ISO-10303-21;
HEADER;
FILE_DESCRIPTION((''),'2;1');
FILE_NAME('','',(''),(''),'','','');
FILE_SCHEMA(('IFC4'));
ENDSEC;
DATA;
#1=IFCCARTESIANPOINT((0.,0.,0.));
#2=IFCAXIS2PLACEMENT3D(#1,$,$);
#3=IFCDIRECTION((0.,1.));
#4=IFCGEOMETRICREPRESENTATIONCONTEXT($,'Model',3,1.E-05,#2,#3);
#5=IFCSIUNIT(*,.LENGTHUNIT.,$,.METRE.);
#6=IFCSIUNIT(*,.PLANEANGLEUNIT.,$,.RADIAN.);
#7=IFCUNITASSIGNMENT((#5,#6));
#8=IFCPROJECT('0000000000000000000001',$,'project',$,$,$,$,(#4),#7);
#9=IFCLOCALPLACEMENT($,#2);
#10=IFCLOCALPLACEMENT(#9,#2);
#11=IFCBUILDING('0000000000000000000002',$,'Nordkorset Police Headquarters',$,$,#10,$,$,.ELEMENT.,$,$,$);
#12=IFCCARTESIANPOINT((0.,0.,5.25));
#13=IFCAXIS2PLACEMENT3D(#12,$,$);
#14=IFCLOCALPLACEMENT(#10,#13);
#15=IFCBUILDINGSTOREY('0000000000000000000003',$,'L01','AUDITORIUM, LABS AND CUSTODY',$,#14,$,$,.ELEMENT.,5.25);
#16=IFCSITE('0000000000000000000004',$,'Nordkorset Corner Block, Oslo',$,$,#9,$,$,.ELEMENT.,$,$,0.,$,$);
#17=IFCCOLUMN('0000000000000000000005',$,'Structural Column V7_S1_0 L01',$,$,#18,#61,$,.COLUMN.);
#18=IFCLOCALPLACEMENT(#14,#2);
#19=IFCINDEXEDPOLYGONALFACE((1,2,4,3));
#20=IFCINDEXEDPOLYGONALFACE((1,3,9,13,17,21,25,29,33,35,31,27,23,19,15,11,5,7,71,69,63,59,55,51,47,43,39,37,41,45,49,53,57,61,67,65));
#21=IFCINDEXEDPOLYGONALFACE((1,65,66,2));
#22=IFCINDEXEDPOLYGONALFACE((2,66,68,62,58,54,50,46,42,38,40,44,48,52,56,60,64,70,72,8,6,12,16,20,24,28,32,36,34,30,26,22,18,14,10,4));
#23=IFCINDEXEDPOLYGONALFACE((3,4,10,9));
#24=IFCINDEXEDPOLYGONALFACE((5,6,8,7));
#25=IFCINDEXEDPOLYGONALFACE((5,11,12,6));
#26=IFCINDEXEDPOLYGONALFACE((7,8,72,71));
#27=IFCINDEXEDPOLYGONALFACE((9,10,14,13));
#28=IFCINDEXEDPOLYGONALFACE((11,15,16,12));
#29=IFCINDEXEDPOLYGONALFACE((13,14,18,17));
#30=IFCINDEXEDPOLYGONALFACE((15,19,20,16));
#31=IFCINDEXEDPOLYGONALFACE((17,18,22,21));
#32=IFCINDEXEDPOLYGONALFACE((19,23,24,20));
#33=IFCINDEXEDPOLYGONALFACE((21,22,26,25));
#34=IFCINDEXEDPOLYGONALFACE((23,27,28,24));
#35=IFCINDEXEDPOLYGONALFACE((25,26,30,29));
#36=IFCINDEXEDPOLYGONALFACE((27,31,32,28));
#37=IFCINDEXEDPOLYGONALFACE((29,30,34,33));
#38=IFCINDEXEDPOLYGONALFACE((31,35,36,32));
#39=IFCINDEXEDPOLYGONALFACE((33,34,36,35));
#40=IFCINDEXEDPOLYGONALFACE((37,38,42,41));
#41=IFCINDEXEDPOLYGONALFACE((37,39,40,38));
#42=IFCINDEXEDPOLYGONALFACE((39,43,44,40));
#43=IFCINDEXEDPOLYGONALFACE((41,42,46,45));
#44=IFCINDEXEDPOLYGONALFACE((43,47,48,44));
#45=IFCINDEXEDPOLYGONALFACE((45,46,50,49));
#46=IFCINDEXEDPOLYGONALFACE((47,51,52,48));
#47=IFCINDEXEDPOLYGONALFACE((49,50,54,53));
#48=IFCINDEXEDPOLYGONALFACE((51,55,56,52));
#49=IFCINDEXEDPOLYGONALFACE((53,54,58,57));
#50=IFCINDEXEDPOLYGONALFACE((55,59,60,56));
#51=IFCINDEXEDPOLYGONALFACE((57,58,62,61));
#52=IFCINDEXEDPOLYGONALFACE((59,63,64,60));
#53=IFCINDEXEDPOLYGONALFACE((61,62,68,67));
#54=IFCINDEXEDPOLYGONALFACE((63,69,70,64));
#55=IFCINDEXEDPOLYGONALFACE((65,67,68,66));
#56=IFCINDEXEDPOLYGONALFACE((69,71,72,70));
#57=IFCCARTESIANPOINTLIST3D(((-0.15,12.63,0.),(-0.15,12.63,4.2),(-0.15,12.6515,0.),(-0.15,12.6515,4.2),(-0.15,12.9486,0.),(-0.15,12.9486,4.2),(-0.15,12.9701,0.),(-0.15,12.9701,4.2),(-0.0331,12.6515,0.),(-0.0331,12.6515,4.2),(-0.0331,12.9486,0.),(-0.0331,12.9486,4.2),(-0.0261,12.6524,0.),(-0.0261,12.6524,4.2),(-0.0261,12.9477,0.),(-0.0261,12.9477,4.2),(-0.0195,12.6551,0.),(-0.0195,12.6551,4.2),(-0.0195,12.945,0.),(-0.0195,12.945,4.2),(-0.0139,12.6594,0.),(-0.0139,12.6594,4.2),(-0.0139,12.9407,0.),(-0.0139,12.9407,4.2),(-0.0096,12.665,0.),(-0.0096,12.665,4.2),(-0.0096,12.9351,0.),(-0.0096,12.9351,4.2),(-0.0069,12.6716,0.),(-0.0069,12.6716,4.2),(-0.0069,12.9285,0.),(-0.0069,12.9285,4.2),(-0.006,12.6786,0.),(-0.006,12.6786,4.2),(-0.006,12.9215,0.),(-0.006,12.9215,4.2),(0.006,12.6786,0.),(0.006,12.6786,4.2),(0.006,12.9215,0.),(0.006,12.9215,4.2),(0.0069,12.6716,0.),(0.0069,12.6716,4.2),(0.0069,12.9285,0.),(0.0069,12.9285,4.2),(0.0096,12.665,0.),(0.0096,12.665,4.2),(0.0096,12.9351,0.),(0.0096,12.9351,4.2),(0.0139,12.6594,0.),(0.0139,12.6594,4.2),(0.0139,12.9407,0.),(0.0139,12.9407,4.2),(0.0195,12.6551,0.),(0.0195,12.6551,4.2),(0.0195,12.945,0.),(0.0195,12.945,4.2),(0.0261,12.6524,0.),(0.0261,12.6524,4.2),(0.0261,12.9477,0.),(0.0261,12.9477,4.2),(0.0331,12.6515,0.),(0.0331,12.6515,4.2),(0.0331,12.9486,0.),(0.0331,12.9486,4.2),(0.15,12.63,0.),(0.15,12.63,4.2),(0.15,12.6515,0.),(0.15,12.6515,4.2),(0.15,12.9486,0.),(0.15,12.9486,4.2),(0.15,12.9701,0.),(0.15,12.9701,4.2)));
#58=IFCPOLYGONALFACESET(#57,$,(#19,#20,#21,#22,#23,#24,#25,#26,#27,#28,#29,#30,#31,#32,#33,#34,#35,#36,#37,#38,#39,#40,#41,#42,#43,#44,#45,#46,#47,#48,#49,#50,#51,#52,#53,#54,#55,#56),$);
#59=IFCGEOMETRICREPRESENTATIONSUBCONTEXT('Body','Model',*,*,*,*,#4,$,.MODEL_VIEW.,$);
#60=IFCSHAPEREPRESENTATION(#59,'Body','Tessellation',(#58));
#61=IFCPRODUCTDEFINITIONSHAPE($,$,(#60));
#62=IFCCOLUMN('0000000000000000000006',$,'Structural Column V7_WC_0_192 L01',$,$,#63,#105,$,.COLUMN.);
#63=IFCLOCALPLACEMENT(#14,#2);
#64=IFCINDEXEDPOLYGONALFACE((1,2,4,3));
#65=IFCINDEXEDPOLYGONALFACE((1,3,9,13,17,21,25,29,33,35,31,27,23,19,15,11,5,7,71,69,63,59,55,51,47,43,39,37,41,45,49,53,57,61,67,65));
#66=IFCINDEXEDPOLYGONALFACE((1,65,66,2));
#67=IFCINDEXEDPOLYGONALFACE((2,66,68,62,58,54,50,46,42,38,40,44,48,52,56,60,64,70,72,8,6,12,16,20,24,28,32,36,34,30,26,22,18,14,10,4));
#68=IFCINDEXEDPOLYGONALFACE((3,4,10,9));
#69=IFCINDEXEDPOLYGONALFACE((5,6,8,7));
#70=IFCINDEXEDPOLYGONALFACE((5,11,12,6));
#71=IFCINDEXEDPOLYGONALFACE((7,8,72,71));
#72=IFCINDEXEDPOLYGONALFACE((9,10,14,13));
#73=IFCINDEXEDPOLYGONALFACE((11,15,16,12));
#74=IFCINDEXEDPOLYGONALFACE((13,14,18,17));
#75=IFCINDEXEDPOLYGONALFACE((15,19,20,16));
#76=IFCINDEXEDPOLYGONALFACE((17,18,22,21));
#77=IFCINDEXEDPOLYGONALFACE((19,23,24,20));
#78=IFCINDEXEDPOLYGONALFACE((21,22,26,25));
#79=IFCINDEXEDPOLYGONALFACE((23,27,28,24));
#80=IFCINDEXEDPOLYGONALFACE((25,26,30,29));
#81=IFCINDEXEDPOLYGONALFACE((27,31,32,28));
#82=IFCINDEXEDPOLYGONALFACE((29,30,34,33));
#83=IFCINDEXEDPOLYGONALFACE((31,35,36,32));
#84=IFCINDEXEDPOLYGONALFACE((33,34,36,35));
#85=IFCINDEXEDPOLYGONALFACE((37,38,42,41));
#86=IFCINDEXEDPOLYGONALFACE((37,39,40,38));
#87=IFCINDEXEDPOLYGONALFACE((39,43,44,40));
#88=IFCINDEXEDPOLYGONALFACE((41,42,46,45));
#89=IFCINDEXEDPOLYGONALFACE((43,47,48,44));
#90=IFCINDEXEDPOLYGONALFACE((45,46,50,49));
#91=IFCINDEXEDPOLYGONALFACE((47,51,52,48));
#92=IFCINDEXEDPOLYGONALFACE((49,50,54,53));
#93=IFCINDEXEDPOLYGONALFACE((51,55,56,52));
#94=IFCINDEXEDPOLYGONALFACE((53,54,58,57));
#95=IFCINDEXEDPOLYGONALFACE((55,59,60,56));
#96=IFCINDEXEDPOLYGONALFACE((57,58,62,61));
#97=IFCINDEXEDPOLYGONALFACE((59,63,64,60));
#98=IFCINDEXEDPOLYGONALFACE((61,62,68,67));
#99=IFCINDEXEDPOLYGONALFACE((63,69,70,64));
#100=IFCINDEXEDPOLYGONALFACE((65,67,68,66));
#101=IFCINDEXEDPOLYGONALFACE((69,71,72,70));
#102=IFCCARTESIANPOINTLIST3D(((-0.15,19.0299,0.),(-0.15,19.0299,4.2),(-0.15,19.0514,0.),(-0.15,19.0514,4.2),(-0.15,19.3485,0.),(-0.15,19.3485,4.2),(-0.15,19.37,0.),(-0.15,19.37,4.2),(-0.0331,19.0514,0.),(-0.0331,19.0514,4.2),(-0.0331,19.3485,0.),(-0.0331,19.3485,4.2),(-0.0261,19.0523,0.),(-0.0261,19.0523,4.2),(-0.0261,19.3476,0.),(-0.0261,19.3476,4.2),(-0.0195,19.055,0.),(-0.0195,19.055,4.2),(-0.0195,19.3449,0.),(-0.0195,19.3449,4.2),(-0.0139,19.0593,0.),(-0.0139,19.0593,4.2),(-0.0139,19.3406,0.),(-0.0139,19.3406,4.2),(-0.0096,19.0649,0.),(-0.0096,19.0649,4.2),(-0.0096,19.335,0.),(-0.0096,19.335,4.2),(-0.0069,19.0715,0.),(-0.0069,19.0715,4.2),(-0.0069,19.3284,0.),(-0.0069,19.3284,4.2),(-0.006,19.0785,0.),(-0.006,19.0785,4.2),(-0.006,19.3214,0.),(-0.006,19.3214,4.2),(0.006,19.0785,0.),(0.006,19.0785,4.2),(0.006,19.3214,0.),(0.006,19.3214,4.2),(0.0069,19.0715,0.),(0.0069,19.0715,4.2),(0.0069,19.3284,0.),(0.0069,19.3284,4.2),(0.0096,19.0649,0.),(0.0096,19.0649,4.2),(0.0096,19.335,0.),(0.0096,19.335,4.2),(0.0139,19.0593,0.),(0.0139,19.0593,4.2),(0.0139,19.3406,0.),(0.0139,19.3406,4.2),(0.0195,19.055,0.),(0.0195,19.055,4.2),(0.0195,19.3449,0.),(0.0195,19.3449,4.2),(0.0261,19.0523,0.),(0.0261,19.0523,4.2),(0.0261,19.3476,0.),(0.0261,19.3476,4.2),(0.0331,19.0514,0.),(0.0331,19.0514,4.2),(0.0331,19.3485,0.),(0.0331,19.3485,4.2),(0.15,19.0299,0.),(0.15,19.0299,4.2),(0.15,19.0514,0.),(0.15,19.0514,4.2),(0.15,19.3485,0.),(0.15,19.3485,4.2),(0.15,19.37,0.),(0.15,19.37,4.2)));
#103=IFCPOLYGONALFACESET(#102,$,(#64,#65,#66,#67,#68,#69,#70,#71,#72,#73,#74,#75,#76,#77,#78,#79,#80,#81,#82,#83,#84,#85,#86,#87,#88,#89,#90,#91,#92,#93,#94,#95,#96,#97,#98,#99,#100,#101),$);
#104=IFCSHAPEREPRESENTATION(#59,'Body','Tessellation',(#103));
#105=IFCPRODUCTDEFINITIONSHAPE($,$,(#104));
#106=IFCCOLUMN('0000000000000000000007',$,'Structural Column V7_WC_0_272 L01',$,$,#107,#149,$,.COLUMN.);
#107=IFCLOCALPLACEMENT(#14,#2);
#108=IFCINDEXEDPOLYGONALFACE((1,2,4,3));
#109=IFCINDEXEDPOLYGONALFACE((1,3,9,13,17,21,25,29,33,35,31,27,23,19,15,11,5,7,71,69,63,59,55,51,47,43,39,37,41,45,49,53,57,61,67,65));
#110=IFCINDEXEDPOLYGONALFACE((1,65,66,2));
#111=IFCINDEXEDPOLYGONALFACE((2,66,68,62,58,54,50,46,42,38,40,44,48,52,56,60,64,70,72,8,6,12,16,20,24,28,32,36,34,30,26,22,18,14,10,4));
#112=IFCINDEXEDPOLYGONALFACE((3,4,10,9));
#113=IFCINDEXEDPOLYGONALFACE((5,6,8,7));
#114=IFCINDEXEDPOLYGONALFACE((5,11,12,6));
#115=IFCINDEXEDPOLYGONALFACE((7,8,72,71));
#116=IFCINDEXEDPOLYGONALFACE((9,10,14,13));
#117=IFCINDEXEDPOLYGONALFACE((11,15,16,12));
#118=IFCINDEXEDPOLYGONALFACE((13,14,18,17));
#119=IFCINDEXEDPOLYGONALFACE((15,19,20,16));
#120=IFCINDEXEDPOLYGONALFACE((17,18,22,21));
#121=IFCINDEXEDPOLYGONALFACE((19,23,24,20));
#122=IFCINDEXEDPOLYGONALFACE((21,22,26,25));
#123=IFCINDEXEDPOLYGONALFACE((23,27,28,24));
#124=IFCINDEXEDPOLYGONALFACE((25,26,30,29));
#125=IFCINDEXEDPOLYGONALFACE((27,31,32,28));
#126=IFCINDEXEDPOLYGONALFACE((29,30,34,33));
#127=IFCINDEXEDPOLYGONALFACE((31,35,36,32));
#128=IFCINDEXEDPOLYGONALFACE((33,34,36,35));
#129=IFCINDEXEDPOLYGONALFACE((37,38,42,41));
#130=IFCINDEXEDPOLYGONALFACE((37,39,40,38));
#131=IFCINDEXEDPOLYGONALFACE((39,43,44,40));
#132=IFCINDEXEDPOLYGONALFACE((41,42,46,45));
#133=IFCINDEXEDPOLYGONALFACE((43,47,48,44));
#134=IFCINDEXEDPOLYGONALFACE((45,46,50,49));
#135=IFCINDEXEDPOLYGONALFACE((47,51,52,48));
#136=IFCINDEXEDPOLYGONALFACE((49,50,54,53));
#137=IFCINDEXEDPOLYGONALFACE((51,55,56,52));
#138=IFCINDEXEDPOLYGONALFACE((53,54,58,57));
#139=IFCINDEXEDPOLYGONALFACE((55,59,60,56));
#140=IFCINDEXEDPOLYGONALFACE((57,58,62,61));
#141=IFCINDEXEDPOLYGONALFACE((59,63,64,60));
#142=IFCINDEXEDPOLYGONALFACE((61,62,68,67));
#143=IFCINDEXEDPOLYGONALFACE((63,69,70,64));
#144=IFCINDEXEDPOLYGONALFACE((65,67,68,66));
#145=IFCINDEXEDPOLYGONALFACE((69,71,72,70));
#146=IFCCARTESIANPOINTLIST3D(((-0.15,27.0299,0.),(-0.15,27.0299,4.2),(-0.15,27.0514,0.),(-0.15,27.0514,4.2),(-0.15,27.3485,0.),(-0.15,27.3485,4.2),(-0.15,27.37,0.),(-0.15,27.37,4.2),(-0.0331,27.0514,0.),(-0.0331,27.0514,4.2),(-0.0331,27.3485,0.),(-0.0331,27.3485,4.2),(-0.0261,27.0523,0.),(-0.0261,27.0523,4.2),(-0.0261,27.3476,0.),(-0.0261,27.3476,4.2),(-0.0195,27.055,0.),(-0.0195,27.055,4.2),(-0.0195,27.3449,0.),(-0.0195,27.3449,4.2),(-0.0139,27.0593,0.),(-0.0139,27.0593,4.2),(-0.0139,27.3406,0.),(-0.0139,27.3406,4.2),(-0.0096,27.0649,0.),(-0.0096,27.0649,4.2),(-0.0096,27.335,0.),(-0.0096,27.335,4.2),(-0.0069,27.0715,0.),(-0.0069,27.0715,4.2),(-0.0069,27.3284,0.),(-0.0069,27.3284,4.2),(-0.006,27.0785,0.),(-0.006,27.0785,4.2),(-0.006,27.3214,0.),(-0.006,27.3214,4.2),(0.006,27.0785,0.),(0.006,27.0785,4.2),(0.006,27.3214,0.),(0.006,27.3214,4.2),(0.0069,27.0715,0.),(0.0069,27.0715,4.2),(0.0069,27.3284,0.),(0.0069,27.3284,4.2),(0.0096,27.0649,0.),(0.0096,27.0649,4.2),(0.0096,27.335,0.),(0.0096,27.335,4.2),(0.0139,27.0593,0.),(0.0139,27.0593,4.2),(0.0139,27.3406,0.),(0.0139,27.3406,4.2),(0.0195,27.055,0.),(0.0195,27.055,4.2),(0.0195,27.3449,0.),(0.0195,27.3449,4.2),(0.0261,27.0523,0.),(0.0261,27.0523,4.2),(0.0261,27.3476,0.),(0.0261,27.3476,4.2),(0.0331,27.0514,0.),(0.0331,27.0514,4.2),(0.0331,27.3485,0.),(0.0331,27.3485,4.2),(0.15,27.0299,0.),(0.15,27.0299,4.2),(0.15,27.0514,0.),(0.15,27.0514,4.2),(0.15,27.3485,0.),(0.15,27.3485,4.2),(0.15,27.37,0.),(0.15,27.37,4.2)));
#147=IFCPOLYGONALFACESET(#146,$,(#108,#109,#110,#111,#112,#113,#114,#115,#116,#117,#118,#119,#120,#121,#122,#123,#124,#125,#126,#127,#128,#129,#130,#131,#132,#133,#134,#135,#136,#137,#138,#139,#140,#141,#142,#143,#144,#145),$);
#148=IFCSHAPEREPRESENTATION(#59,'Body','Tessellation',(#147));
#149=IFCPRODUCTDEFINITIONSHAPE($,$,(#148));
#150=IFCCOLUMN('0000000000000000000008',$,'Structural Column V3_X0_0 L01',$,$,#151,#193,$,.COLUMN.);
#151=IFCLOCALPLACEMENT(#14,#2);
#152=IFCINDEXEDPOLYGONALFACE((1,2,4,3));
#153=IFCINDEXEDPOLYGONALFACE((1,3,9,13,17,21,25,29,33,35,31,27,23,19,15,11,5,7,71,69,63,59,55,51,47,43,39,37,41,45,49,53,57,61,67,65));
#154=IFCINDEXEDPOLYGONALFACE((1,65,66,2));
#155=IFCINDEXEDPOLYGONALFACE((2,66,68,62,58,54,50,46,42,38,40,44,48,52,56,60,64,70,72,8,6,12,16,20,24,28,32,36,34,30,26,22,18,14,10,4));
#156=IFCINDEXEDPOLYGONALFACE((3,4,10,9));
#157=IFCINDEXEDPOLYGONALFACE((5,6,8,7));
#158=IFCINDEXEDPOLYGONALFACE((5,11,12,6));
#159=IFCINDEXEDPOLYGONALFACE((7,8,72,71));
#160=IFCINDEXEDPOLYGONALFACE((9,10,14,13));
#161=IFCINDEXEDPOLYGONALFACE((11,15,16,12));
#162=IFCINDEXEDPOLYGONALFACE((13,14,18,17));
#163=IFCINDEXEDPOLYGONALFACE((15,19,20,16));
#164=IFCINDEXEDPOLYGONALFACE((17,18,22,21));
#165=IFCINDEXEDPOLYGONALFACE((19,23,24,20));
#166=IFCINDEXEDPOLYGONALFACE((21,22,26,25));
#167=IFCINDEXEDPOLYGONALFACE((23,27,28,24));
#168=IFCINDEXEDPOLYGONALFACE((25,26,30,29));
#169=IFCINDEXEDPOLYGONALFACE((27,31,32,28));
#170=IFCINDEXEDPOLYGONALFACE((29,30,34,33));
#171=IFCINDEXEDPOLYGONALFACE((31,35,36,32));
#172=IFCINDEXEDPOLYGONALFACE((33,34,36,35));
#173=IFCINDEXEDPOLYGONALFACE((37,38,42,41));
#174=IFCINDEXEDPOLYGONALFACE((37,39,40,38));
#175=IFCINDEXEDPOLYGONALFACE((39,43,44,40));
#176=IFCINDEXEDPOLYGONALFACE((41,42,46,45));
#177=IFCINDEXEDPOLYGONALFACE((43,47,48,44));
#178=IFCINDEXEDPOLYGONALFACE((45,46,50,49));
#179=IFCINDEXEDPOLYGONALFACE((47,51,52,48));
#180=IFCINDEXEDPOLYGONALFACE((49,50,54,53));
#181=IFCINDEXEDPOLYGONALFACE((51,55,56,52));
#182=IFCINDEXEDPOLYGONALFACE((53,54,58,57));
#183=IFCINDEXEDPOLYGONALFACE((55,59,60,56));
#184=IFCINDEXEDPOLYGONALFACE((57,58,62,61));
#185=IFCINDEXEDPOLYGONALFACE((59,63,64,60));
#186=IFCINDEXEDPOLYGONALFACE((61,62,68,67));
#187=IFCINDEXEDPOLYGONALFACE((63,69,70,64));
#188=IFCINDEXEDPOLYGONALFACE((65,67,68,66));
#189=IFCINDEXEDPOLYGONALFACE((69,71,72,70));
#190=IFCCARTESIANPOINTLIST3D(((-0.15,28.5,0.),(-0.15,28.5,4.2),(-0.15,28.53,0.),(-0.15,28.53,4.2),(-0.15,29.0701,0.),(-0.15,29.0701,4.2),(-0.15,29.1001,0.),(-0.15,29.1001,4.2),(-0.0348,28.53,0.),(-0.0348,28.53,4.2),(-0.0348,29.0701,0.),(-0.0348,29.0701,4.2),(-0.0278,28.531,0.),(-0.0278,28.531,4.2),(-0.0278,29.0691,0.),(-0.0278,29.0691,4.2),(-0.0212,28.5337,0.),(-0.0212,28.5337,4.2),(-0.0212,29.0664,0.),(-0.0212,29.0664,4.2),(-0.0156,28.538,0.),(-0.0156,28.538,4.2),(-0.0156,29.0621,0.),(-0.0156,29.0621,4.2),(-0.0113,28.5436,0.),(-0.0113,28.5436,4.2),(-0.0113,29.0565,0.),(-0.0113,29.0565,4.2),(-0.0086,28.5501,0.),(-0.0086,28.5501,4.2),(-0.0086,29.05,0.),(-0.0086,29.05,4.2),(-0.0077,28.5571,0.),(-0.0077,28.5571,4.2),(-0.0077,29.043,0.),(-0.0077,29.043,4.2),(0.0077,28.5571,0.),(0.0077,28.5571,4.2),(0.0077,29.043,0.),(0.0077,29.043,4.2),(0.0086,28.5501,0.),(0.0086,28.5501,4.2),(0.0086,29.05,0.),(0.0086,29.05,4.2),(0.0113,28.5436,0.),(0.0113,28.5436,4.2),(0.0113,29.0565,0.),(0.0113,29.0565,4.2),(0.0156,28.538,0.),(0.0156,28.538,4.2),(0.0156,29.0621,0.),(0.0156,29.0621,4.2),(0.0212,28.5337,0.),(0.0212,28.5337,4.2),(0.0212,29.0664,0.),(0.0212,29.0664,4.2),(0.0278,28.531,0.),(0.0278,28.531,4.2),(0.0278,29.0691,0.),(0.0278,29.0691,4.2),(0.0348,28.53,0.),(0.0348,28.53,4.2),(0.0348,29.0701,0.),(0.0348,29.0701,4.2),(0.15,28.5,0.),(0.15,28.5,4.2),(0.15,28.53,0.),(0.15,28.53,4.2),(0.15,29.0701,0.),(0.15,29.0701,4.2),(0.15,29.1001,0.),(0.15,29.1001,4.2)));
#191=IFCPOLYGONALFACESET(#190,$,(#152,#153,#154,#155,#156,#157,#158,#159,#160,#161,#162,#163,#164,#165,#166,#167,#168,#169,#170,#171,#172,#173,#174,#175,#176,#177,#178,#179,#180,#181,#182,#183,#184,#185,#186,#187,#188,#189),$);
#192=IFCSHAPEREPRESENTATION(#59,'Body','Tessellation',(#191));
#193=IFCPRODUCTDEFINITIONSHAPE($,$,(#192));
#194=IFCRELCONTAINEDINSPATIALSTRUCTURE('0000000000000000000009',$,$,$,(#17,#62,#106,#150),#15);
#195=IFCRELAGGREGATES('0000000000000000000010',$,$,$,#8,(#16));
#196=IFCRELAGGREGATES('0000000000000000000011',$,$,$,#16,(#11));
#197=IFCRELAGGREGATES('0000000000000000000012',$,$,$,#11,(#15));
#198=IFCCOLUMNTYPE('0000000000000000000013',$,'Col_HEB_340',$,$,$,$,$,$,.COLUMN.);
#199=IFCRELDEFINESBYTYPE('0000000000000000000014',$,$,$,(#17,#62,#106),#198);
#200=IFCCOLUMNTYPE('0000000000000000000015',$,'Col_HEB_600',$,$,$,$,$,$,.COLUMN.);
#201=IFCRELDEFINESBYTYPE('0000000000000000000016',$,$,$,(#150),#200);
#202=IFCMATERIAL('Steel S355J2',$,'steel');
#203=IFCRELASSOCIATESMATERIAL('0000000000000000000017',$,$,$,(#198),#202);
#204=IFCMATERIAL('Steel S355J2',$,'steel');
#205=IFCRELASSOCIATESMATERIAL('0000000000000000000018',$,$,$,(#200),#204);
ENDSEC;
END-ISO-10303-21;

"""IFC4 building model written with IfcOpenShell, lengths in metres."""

from ifc_helpers import new_model, si_unit, direction, frame, origin, origin_2d, place, context, subcontext, project, spatial, i_section, extrude, material, material_profile, profile_set, type_object, element, save


model = new_model("IFC4")

# Units and contexts
model_context = context("Model", 3, precision=1e-05, world=origin(), true_north=direction((0.0, 1.0)))
body_context = subcontext(model_context, "Body", "Model", "MODEL_VIEW")
ifc_project = project(units=[si_unit("LENGTHUNIT", "METRE"), si_unit("PLANEANGLEUNIT", "RADIAN")], contexts=[model_context])

# Site, building, storey
site_placement = place(None, origin())
site = spatial("IfcSite", under=ifc_project, at=site_placement, Name="Nordkorset Corner Block, Oslo", CompositionType="ELEMENT", RefElevation=0.0)
building_placement = place(site_placement, origin())
building = spatial("IfcBuilding", under=site, at=building_placement, Name="Nordkorset Police Headquarters", CompositionType="ELEMENT")
storey_placement = place(building_placement, frame((0.0, 0.0, 5.25)))
storey = spatial("IfcBuildingStorey", under=building, at=storey_placement, Name="L01", Description="AUDITORIUM, LABS AND CUSTODY", CompositionType="ELEMENT", Elevation=5.25)

# Columns
ifc_material_1 = material(Name="Steel S355J2", Category="steel")
ifc_material_profile_1 = material_profile(ifc_material_1, i_section(OverallWidth=0.3, OverallDepth=0.3401, WebThickness=0.012, FlangeThickness=0.0215, FilletRadius=0.0271, at=origin_2d()), Name="HEB 340")
ifc_profile_set_1 = profile_set([ifc_material_profile_1], Name="Steel S355J2")
column_type_1 = type_object("IfcColumnType", Name="Col_HEB_340", PredefinedType="COLUMN", material=ifc_profile_set_1)
for number, where, z_axis, x_axis, name in (
    (1, (0.0, 12.8, 0.0), (0.0, 0.0, 1.0), (1.0, 0.0, 0.0), "Structural Column V7_S1_0 L01"),
    (2, (0.0, 19.2, 0.0), (0.0, 0.0, 1.0), (1.0, 0.0, 0.0), "Structural Column V7_WC_0_192 L01"),
    (3, (0.0, 27.2, 0.0), (0.0, 0.0, 1.0), (1.0, 0.0, 0.0), "Structural Column V7_WC_0_272 L01"),
):
    element("IfcColumn", number, at=place(storey_placement, frame(where, z_axis=z_axis, x_axis=x_axis)), inside=storey, type_object=column_type_1, Name=name, PredefinedType="COLUMN", context=body_context, shape_type="SweptSolid", body=[
        extrude(i_section(OverallWidth=0.3, OverallDepth=0.3401, WebThickness=0.012, FlangeThickness=0.0215, FilletRadius=0.0271, at=origin_2d()), origin(), (0.0, 0.0, 1.0), 4.2),
    ])
ifc_material_2 = material(Name="Steel S355J2", Category="steel")
ifc_material_profile_2 = material_profile(ifc_material_2, i_section(OverallWidth=0.3, OverallDepth=0.6001, WebThickness=0.0154, FlangeThickness=0.03, FilletRadius=0.0271, at=origin_2d()), Name="HEB 600")
ifc_profile_set_2 = profile_set([ifc_material_profile_2], Name="Steel S355J2")
column_type_2 = type_object("IfcColumnType", Name="Col_HEB_600", PredefinedType="COLUMN", material=ifc_profile_set_2)
column_1_placement = place(storey_placement, frame((0.0, 28.8, 0.0), z_axis=(0.0, 0.0, 1.0), x_axis=(1.0, 0.0, 0.0)))
element("IfcColumn", 4, at=column_1_placement, inside=storey, type_object=column_type_2, Name="Structural Column V3_X0_0 L01", PredefinedType="COLUMN", context=body_context, shape_type="SweptSolid", body=[
    extrude(i_section(OverallWidth=0.3, OverallDepth=0.6001, WebThickness=0.0154, FlangeThickness=0.03, FilletRadius=0.0271, at=origin_2d()), origin(), (0.0, 0.0, 1.0), 4.2),
])

save(model, "model.ifc")
